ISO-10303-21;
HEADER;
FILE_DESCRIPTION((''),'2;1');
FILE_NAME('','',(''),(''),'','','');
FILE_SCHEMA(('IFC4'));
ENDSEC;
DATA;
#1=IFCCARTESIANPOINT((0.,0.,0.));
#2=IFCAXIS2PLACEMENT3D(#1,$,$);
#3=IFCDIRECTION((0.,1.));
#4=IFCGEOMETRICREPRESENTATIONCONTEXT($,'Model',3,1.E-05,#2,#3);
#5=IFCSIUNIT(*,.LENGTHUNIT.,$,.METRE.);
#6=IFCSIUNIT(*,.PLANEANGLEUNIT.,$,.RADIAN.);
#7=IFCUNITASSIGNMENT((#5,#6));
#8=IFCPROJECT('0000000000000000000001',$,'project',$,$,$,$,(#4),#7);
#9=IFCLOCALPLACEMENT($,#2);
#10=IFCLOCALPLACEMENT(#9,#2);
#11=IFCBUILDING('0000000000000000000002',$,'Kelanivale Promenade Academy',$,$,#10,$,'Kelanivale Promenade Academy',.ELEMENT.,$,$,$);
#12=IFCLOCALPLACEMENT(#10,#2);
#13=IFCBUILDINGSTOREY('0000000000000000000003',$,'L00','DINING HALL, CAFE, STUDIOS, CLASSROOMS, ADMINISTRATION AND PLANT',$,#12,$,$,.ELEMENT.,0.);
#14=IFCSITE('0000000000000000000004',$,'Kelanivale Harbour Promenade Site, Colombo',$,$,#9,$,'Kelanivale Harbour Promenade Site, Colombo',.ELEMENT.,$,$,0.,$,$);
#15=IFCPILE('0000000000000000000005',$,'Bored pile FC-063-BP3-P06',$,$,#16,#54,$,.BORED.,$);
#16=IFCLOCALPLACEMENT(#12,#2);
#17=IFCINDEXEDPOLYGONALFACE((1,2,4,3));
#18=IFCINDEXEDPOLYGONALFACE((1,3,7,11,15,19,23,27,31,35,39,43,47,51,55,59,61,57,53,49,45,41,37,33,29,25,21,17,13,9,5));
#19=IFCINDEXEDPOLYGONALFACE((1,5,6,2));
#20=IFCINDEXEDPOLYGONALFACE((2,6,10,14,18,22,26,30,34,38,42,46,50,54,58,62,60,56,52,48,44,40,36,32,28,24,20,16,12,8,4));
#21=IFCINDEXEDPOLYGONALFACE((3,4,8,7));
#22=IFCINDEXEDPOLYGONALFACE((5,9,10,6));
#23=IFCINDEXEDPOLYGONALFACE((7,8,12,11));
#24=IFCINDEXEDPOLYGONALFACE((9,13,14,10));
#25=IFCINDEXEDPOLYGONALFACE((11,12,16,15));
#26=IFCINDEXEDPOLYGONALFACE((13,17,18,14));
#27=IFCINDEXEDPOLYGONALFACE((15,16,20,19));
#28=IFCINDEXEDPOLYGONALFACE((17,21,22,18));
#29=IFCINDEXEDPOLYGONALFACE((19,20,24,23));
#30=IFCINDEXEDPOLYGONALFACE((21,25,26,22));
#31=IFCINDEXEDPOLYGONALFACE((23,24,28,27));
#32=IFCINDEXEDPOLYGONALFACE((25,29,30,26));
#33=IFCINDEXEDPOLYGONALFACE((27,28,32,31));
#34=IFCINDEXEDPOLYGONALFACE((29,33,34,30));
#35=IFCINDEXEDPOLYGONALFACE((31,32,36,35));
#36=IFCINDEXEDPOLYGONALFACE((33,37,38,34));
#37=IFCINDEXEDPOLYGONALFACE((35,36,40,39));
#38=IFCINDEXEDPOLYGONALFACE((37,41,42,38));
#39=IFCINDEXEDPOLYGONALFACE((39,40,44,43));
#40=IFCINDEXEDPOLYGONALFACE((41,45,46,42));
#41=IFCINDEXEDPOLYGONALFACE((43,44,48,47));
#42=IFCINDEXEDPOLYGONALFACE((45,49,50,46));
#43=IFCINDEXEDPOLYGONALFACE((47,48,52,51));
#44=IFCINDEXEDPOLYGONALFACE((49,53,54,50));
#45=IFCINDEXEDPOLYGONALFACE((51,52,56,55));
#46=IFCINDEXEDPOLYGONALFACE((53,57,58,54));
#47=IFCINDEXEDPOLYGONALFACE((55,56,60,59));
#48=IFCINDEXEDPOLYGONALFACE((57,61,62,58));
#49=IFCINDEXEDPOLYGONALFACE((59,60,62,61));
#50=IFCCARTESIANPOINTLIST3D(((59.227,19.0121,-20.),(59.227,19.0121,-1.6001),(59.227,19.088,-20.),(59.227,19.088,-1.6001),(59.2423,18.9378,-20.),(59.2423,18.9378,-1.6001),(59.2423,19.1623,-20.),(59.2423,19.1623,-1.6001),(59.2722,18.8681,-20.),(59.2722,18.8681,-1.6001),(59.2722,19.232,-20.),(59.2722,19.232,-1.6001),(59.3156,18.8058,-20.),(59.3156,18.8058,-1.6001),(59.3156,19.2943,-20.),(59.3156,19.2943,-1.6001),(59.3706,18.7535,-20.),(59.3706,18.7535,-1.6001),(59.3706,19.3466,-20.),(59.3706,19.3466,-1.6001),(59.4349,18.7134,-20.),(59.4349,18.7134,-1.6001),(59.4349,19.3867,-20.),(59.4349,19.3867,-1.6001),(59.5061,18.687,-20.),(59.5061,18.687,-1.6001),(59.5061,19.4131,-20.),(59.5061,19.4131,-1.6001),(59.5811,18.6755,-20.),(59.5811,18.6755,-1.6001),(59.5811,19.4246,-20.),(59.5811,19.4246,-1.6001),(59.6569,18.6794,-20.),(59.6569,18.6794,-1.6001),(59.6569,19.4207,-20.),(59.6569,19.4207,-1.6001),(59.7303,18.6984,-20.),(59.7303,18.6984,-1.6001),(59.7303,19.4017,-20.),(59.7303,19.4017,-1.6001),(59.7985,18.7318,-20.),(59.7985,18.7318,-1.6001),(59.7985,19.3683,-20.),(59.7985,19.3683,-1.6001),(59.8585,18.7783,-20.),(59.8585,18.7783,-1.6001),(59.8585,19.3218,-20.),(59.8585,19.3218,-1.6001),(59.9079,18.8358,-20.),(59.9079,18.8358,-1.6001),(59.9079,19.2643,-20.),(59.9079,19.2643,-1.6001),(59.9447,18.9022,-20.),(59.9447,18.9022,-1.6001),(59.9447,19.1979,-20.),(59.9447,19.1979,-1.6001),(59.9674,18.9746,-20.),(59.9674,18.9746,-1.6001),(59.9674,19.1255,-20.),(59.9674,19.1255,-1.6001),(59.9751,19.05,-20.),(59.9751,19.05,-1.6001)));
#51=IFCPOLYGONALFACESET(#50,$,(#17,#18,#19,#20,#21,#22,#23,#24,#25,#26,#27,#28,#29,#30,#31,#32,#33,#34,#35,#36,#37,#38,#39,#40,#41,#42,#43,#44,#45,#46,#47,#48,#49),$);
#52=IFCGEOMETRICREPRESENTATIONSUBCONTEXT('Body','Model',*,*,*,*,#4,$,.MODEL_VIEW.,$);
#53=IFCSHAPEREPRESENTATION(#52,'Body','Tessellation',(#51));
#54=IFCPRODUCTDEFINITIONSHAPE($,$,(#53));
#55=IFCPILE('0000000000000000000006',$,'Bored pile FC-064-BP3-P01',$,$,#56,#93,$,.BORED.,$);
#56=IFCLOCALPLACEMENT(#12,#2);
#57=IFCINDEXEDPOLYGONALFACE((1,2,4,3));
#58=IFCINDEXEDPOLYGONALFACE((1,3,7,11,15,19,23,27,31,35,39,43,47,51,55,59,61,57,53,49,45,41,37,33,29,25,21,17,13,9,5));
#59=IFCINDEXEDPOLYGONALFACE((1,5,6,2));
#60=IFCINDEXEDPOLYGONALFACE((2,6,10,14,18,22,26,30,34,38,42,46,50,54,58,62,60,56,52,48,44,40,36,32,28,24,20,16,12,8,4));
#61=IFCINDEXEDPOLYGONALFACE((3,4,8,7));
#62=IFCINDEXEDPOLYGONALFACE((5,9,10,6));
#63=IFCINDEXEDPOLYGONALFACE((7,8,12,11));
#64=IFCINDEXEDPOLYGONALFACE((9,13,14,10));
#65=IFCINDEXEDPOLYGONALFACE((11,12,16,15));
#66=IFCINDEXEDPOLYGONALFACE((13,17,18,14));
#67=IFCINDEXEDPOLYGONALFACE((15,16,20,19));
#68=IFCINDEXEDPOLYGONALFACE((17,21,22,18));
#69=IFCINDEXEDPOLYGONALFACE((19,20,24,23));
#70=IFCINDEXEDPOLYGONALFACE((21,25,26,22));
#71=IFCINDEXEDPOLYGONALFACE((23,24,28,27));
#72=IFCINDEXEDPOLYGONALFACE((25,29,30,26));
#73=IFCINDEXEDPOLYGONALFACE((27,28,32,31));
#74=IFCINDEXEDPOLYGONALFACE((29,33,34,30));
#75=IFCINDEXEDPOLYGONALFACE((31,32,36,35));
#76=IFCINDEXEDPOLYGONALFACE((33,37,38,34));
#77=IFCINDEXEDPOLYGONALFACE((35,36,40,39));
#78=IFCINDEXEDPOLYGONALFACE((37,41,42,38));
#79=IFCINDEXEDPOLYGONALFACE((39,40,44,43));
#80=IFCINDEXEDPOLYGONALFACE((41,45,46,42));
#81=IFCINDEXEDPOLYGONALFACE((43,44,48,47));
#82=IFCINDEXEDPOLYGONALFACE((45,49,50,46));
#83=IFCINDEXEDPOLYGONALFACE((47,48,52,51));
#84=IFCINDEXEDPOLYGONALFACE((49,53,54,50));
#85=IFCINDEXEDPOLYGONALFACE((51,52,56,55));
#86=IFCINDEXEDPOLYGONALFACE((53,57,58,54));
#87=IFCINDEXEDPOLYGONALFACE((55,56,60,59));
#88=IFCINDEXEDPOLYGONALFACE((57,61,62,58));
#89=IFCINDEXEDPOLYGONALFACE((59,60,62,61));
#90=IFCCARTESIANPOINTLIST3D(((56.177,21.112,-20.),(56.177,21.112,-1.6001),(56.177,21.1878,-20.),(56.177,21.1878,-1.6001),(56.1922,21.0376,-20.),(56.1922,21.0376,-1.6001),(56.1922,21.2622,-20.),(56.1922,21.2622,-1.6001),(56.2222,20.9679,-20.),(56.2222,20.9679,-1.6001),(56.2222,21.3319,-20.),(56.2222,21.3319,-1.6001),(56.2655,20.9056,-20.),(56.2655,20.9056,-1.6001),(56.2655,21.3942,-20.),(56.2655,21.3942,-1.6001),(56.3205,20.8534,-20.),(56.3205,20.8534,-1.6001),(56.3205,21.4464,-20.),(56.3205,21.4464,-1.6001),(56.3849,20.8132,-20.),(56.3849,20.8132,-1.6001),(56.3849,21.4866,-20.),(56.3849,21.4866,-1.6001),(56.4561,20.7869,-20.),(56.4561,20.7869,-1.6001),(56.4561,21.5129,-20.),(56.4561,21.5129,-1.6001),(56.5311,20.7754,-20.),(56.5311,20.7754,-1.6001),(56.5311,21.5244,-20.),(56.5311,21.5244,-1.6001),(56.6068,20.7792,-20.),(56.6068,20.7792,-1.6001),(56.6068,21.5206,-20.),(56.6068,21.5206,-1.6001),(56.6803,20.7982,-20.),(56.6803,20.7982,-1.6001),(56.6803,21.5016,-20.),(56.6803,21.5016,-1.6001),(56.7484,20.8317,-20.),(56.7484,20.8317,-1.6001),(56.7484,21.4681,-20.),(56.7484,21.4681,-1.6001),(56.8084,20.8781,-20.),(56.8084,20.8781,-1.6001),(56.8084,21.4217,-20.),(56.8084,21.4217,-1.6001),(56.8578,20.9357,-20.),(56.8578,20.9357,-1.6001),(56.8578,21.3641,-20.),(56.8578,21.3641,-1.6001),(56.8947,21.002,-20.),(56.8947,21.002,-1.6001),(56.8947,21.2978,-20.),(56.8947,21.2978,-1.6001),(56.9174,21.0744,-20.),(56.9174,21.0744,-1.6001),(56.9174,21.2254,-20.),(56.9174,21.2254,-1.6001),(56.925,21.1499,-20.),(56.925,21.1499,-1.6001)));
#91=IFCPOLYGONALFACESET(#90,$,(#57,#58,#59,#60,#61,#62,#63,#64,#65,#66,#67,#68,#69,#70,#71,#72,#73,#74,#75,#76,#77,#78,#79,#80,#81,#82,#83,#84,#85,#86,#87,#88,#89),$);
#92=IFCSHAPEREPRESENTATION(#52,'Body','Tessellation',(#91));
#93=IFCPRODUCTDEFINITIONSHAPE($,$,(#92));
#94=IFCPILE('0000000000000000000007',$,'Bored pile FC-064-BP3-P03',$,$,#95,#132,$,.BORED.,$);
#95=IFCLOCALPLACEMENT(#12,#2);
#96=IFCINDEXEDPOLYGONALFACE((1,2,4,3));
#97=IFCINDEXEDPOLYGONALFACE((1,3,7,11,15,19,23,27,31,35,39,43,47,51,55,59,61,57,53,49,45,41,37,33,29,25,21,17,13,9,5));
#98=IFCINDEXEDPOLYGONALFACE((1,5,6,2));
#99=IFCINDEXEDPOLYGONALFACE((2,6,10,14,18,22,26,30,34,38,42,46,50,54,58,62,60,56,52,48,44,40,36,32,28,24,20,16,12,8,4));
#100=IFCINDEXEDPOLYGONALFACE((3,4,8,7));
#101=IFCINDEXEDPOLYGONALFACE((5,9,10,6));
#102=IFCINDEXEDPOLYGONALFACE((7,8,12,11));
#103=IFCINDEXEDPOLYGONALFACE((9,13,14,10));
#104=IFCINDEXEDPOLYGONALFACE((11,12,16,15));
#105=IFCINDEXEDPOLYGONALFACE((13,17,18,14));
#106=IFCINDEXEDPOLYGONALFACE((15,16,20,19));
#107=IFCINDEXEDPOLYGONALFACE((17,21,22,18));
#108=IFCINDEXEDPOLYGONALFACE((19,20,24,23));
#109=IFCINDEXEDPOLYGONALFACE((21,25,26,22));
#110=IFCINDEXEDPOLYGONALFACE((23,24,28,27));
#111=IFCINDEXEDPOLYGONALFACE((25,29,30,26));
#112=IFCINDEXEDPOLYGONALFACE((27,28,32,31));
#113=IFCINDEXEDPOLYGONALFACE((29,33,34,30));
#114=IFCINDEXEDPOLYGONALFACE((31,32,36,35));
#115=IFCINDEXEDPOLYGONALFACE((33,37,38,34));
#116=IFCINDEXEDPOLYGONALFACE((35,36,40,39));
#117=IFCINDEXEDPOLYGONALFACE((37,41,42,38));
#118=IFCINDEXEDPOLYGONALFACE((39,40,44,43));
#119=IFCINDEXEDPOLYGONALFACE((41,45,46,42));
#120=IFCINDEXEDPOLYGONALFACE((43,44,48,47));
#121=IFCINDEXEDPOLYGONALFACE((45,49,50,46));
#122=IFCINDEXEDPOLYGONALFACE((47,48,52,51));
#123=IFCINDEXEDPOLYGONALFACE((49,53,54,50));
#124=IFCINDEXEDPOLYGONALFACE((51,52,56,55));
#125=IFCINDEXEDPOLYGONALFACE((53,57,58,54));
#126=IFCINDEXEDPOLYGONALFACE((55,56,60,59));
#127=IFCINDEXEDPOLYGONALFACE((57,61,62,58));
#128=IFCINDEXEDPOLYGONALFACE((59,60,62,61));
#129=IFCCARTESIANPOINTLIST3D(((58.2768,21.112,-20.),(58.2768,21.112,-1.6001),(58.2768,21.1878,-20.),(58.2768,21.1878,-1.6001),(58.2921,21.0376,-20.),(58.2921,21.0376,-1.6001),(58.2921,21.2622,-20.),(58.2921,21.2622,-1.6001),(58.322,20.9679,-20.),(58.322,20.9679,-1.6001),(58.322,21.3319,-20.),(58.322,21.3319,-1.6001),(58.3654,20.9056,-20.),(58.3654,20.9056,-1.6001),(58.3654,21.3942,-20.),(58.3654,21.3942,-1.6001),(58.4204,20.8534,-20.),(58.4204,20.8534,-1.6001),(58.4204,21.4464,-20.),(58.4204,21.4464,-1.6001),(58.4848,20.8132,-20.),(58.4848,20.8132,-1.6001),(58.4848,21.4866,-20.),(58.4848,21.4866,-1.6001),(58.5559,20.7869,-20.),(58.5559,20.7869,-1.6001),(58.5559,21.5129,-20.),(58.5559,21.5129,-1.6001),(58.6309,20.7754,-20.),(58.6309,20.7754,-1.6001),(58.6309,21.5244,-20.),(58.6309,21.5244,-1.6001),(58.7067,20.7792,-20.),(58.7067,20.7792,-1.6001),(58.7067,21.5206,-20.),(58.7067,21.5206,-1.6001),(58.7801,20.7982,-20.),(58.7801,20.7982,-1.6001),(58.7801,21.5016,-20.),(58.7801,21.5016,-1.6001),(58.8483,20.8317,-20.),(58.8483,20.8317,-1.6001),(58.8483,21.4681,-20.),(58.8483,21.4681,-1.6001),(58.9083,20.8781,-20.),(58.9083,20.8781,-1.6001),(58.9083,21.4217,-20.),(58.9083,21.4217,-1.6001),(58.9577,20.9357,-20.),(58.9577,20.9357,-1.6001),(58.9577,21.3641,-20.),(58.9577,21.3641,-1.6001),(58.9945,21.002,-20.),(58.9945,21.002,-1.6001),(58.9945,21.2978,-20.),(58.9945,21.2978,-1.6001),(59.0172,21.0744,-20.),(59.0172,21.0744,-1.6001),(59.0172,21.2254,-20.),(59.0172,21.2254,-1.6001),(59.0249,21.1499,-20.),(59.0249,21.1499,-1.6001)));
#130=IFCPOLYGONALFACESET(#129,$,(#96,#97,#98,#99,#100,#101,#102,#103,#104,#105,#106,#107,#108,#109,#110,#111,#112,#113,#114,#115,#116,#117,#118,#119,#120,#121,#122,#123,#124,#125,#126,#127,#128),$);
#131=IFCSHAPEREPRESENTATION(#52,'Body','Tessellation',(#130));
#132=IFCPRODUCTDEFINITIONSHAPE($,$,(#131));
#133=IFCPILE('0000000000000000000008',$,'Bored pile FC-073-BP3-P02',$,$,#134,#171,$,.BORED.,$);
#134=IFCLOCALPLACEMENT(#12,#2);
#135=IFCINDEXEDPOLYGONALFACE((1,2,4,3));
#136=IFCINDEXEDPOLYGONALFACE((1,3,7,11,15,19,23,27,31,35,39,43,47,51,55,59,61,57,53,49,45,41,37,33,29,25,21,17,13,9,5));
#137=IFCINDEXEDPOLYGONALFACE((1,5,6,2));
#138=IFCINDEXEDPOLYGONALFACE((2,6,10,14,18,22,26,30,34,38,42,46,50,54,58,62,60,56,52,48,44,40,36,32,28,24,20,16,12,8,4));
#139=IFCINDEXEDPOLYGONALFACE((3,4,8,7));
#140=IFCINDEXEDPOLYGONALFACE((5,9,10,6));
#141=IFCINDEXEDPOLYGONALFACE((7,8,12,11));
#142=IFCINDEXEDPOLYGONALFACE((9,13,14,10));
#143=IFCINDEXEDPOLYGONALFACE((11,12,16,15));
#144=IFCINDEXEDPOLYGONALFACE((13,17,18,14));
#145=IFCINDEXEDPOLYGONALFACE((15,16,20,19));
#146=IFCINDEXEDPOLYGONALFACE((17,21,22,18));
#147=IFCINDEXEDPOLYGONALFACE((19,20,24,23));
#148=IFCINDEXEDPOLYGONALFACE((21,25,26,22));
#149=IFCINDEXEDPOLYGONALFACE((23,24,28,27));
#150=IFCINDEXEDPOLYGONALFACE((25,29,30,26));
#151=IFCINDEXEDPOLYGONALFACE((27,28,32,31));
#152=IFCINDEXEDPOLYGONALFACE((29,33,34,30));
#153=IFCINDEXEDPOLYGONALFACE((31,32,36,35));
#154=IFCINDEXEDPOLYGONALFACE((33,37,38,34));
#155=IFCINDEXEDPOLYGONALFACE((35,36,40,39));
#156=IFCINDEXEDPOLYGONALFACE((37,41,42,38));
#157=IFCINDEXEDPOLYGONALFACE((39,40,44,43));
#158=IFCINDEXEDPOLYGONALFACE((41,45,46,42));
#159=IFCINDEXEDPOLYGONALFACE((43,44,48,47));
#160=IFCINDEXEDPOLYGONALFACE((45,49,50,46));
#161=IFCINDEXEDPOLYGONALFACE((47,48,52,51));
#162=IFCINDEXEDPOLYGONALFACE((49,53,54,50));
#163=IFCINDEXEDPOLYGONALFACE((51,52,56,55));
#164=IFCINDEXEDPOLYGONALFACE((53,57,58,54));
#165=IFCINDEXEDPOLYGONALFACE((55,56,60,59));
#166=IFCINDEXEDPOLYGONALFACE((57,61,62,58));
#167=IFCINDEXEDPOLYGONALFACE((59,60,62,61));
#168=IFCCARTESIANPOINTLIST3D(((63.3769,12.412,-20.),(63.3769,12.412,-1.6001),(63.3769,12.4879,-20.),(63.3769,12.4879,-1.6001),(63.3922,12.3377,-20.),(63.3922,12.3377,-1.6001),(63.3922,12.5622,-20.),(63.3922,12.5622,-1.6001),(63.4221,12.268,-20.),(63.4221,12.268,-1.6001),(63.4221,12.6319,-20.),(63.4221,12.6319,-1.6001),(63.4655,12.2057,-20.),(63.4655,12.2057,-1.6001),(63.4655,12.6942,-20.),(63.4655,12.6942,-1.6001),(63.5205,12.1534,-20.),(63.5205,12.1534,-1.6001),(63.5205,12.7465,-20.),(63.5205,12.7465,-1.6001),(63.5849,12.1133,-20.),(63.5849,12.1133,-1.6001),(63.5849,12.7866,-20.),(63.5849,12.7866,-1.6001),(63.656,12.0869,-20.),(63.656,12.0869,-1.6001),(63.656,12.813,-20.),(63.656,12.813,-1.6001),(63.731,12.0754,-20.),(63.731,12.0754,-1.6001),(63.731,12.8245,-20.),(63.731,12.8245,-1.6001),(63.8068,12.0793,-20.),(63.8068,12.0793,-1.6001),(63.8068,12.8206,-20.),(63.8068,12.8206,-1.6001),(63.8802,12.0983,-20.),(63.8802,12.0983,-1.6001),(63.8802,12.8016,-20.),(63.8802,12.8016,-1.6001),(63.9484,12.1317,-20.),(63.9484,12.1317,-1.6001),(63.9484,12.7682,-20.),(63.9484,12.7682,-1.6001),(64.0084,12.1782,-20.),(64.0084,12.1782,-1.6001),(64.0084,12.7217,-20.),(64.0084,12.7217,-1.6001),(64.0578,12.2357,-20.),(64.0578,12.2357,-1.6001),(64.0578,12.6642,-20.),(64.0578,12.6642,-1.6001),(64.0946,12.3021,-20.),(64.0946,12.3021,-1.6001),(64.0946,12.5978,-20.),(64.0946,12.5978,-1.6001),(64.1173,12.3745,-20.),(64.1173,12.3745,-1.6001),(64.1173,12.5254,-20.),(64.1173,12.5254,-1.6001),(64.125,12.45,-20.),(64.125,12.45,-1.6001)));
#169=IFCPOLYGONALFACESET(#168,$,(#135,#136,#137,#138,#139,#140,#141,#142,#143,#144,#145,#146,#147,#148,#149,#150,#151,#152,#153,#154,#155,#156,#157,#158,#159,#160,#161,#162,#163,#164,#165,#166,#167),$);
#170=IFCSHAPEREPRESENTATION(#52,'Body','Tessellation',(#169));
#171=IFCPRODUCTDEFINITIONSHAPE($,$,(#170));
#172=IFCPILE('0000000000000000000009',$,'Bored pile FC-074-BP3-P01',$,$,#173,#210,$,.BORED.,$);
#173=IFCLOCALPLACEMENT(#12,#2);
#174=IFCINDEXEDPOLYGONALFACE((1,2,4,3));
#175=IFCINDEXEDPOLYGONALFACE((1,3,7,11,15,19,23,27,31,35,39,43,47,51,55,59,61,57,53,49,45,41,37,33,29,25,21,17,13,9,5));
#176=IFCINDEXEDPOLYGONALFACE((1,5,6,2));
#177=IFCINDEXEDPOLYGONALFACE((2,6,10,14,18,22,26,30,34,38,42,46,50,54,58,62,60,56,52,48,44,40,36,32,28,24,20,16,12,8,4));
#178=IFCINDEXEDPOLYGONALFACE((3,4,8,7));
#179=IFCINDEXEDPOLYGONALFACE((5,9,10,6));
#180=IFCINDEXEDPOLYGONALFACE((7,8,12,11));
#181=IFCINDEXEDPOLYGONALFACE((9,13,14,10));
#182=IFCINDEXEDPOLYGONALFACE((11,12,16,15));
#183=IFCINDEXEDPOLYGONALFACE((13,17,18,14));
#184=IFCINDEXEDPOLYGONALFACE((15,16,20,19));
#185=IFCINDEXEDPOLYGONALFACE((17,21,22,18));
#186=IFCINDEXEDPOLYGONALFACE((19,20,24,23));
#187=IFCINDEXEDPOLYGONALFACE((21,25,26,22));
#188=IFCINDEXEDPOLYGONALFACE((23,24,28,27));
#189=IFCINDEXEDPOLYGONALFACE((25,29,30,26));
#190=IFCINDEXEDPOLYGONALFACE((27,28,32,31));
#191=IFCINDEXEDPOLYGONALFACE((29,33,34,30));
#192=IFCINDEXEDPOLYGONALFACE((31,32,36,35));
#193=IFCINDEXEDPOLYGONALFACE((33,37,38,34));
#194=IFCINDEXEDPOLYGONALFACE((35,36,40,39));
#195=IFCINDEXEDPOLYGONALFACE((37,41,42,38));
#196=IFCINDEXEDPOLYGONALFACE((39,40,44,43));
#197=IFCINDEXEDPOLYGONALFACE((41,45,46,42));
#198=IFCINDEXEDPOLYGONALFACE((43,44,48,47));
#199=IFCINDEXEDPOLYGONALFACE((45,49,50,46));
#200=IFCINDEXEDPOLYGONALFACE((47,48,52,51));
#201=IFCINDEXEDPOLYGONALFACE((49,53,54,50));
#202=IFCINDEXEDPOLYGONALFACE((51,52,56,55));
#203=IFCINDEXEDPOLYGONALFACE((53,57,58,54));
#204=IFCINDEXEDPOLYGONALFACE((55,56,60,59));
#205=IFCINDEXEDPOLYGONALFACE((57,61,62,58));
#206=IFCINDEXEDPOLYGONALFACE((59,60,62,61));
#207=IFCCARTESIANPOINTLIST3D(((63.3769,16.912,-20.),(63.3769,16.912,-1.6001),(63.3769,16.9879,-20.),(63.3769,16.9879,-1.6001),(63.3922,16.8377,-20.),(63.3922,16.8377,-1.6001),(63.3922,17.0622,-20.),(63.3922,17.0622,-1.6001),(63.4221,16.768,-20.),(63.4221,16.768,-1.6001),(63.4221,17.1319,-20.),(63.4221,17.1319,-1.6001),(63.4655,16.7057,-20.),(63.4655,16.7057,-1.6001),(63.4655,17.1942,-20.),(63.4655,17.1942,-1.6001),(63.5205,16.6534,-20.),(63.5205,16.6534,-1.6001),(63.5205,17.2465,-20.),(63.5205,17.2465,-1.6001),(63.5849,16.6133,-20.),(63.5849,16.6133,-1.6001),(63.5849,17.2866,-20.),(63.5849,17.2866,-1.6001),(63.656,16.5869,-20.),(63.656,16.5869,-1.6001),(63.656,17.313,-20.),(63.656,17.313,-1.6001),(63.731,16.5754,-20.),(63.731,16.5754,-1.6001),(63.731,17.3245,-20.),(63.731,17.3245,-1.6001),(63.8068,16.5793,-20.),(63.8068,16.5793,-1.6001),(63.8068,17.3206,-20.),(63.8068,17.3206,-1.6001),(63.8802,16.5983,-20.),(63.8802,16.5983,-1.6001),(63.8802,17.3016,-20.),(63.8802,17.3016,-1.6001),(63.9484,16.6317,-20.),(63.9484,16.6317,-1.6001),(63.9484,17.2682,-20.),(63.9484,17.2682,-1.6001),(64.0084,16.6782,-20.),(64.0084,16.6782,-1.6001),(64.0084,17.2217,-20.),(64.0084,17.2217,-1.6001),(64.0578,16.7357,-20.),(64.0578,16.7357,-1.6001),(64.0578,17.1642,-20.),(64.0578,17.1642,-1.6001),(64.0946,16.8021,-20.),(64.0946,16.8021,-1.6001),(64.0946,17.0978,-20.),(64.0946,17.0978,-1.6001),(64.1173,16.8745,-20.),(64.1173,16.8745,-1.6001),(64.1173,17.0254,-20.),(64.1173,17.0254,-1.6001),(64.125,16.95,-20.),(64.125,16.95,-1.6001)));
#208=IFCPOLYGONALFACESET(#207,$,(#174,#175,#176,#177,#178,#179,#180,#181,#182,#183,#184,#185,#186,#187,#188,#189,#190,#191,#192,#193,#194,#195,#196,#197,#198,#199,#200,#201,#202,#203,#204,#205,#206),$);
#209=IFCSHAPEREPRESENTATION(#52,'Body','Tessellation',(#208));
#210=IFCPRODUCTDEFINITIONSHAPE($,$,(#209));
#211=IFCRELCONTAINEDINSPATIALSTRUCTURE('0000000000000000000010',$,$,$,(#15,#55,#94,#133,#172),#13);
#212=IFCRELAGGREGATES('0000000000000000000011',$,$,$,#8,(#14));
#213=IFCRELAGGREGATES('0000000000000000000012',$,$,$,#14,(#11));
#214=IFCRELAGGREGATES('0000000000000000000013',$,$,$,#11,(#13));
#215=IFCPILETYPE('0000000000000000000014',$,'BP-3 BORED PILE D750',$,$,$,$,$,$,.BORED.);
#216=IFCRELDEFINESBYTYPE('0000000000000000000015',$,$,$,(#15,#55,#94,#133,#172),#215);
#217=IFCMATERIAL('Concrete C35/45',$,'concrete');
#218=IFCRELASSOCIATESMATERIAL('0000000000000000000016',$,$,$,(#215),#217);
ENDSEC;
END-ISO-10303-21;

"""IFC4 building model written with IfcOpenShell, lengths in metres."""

from ifc_helpers import new_model, si_unit, direction, frame, origin, origin_2d, place, context, subcontext, project, spatial, circle, extrude, material, material_profile, profile_set, type_object, element, save


model = new_model("IFC4")

# Units and contexts
model_context = context("Model", 3, precision=1e-05, world=origin(), true_north=direction((0.0, 1.0)))
body_context = subcontext(model_context, "Body", "Model", "MODEL_VIEW")
ifc_project = project(units=[si_unit("LENGTHUNIT", "METRE"), si_unit("PLANEANGLEUNIT", "RADIAN")], contexts=[model_context])

# Site, building, storey
site_placement = place(None, origin())
site = spatial("IfcSite", under=ifc_project, at=site_placement, Name="Kelanivale Harbour Promenade Site, Colombo", LongName="Kelanivale Harbour Promenade Site, Colombo", CompositionType="ELEMENT", RefElevation=0.0)
building_placement = place(site_placement, origin())
building = spatial("IfcBuilding", under=site, at=building_placement, Name="Kelanivale Promenade Academy", LongName="Kelanivale Promenade Academy", CompositionType="ELEMENT")
storey_placement = place(building_placement, origin())
storey = spatial("IfcBuildingStorey", under=building, at=storey_placement, Name="L00", Description="DINING HALL, CAFE, STUDIOS, CLASSROOMS, ADMINISTRATION AND PLANT", CompositionType="ELEMENT", Elevation=0.0)

# Piles
ifc_material_1 = material(Name="Concrete C35/45", Category="concrete")
ifc_material_profile_1 = material_profile(ifc_material_1, circle(Radius=0.375, at=origin_2d()), Name="BORED PILE D750")
ifc_profile_set_1 = profile_set([ifc_material_profile_1], Name="Concrete C35/45")
pile_type = type_object("IfcPileType", Name="BP-3 BORED PILE D750", PredefinedType="BORED", material=ifc_profile_set_1)
for number, where, z_axis, x_axis, name in (
    (1, (59.6001, 19.05, -1.6001), (0.0, 0.0, -1.0), (1.0, 0.0, 0.0), "Bored pile FC-063-BP3-P06"),
    (2, (56.55, 21.1499, -1.6001), (0.0, 0.0, -1.0), (1.0, 0.0, 0.0), "Bored pile FC-064-BP3-P01"),
    (3, (58.6499, 21.1499, -1.6001), (0.0, 0.0, -1.0), (1.0, 0.0, 0.0), "Bored pile FC-064-BP3-P03"),
    (4, (63.75, 12.45, -1.6001), (0.0, 0.0, -1.0), (1.0, 0.0, 0.0), "Bored pile FC-073-BP3-P02"),
    (5, (63.75, 16.95, -1.6001), (0.0, 0.0, -1.0), (1.0, 0.0, 0.0), "Bored pile FC-074-BP3-P01"),
):
    element("IfcPile", number, at=place(storey_placement, frame(where, z_axis=z_axis, x_axis=x_axis)), inside=storey, type_object=pile_type, Name=name, PredefinedType="BORED", context=body_context, shape_type="SweptSolid", body=[
        extrude(circle(Radius=0.375, at=origin_2d()), origin(), (0.0, 0.0, 1.0), 18.3999),
    ])

save(model, "model.ifc")
